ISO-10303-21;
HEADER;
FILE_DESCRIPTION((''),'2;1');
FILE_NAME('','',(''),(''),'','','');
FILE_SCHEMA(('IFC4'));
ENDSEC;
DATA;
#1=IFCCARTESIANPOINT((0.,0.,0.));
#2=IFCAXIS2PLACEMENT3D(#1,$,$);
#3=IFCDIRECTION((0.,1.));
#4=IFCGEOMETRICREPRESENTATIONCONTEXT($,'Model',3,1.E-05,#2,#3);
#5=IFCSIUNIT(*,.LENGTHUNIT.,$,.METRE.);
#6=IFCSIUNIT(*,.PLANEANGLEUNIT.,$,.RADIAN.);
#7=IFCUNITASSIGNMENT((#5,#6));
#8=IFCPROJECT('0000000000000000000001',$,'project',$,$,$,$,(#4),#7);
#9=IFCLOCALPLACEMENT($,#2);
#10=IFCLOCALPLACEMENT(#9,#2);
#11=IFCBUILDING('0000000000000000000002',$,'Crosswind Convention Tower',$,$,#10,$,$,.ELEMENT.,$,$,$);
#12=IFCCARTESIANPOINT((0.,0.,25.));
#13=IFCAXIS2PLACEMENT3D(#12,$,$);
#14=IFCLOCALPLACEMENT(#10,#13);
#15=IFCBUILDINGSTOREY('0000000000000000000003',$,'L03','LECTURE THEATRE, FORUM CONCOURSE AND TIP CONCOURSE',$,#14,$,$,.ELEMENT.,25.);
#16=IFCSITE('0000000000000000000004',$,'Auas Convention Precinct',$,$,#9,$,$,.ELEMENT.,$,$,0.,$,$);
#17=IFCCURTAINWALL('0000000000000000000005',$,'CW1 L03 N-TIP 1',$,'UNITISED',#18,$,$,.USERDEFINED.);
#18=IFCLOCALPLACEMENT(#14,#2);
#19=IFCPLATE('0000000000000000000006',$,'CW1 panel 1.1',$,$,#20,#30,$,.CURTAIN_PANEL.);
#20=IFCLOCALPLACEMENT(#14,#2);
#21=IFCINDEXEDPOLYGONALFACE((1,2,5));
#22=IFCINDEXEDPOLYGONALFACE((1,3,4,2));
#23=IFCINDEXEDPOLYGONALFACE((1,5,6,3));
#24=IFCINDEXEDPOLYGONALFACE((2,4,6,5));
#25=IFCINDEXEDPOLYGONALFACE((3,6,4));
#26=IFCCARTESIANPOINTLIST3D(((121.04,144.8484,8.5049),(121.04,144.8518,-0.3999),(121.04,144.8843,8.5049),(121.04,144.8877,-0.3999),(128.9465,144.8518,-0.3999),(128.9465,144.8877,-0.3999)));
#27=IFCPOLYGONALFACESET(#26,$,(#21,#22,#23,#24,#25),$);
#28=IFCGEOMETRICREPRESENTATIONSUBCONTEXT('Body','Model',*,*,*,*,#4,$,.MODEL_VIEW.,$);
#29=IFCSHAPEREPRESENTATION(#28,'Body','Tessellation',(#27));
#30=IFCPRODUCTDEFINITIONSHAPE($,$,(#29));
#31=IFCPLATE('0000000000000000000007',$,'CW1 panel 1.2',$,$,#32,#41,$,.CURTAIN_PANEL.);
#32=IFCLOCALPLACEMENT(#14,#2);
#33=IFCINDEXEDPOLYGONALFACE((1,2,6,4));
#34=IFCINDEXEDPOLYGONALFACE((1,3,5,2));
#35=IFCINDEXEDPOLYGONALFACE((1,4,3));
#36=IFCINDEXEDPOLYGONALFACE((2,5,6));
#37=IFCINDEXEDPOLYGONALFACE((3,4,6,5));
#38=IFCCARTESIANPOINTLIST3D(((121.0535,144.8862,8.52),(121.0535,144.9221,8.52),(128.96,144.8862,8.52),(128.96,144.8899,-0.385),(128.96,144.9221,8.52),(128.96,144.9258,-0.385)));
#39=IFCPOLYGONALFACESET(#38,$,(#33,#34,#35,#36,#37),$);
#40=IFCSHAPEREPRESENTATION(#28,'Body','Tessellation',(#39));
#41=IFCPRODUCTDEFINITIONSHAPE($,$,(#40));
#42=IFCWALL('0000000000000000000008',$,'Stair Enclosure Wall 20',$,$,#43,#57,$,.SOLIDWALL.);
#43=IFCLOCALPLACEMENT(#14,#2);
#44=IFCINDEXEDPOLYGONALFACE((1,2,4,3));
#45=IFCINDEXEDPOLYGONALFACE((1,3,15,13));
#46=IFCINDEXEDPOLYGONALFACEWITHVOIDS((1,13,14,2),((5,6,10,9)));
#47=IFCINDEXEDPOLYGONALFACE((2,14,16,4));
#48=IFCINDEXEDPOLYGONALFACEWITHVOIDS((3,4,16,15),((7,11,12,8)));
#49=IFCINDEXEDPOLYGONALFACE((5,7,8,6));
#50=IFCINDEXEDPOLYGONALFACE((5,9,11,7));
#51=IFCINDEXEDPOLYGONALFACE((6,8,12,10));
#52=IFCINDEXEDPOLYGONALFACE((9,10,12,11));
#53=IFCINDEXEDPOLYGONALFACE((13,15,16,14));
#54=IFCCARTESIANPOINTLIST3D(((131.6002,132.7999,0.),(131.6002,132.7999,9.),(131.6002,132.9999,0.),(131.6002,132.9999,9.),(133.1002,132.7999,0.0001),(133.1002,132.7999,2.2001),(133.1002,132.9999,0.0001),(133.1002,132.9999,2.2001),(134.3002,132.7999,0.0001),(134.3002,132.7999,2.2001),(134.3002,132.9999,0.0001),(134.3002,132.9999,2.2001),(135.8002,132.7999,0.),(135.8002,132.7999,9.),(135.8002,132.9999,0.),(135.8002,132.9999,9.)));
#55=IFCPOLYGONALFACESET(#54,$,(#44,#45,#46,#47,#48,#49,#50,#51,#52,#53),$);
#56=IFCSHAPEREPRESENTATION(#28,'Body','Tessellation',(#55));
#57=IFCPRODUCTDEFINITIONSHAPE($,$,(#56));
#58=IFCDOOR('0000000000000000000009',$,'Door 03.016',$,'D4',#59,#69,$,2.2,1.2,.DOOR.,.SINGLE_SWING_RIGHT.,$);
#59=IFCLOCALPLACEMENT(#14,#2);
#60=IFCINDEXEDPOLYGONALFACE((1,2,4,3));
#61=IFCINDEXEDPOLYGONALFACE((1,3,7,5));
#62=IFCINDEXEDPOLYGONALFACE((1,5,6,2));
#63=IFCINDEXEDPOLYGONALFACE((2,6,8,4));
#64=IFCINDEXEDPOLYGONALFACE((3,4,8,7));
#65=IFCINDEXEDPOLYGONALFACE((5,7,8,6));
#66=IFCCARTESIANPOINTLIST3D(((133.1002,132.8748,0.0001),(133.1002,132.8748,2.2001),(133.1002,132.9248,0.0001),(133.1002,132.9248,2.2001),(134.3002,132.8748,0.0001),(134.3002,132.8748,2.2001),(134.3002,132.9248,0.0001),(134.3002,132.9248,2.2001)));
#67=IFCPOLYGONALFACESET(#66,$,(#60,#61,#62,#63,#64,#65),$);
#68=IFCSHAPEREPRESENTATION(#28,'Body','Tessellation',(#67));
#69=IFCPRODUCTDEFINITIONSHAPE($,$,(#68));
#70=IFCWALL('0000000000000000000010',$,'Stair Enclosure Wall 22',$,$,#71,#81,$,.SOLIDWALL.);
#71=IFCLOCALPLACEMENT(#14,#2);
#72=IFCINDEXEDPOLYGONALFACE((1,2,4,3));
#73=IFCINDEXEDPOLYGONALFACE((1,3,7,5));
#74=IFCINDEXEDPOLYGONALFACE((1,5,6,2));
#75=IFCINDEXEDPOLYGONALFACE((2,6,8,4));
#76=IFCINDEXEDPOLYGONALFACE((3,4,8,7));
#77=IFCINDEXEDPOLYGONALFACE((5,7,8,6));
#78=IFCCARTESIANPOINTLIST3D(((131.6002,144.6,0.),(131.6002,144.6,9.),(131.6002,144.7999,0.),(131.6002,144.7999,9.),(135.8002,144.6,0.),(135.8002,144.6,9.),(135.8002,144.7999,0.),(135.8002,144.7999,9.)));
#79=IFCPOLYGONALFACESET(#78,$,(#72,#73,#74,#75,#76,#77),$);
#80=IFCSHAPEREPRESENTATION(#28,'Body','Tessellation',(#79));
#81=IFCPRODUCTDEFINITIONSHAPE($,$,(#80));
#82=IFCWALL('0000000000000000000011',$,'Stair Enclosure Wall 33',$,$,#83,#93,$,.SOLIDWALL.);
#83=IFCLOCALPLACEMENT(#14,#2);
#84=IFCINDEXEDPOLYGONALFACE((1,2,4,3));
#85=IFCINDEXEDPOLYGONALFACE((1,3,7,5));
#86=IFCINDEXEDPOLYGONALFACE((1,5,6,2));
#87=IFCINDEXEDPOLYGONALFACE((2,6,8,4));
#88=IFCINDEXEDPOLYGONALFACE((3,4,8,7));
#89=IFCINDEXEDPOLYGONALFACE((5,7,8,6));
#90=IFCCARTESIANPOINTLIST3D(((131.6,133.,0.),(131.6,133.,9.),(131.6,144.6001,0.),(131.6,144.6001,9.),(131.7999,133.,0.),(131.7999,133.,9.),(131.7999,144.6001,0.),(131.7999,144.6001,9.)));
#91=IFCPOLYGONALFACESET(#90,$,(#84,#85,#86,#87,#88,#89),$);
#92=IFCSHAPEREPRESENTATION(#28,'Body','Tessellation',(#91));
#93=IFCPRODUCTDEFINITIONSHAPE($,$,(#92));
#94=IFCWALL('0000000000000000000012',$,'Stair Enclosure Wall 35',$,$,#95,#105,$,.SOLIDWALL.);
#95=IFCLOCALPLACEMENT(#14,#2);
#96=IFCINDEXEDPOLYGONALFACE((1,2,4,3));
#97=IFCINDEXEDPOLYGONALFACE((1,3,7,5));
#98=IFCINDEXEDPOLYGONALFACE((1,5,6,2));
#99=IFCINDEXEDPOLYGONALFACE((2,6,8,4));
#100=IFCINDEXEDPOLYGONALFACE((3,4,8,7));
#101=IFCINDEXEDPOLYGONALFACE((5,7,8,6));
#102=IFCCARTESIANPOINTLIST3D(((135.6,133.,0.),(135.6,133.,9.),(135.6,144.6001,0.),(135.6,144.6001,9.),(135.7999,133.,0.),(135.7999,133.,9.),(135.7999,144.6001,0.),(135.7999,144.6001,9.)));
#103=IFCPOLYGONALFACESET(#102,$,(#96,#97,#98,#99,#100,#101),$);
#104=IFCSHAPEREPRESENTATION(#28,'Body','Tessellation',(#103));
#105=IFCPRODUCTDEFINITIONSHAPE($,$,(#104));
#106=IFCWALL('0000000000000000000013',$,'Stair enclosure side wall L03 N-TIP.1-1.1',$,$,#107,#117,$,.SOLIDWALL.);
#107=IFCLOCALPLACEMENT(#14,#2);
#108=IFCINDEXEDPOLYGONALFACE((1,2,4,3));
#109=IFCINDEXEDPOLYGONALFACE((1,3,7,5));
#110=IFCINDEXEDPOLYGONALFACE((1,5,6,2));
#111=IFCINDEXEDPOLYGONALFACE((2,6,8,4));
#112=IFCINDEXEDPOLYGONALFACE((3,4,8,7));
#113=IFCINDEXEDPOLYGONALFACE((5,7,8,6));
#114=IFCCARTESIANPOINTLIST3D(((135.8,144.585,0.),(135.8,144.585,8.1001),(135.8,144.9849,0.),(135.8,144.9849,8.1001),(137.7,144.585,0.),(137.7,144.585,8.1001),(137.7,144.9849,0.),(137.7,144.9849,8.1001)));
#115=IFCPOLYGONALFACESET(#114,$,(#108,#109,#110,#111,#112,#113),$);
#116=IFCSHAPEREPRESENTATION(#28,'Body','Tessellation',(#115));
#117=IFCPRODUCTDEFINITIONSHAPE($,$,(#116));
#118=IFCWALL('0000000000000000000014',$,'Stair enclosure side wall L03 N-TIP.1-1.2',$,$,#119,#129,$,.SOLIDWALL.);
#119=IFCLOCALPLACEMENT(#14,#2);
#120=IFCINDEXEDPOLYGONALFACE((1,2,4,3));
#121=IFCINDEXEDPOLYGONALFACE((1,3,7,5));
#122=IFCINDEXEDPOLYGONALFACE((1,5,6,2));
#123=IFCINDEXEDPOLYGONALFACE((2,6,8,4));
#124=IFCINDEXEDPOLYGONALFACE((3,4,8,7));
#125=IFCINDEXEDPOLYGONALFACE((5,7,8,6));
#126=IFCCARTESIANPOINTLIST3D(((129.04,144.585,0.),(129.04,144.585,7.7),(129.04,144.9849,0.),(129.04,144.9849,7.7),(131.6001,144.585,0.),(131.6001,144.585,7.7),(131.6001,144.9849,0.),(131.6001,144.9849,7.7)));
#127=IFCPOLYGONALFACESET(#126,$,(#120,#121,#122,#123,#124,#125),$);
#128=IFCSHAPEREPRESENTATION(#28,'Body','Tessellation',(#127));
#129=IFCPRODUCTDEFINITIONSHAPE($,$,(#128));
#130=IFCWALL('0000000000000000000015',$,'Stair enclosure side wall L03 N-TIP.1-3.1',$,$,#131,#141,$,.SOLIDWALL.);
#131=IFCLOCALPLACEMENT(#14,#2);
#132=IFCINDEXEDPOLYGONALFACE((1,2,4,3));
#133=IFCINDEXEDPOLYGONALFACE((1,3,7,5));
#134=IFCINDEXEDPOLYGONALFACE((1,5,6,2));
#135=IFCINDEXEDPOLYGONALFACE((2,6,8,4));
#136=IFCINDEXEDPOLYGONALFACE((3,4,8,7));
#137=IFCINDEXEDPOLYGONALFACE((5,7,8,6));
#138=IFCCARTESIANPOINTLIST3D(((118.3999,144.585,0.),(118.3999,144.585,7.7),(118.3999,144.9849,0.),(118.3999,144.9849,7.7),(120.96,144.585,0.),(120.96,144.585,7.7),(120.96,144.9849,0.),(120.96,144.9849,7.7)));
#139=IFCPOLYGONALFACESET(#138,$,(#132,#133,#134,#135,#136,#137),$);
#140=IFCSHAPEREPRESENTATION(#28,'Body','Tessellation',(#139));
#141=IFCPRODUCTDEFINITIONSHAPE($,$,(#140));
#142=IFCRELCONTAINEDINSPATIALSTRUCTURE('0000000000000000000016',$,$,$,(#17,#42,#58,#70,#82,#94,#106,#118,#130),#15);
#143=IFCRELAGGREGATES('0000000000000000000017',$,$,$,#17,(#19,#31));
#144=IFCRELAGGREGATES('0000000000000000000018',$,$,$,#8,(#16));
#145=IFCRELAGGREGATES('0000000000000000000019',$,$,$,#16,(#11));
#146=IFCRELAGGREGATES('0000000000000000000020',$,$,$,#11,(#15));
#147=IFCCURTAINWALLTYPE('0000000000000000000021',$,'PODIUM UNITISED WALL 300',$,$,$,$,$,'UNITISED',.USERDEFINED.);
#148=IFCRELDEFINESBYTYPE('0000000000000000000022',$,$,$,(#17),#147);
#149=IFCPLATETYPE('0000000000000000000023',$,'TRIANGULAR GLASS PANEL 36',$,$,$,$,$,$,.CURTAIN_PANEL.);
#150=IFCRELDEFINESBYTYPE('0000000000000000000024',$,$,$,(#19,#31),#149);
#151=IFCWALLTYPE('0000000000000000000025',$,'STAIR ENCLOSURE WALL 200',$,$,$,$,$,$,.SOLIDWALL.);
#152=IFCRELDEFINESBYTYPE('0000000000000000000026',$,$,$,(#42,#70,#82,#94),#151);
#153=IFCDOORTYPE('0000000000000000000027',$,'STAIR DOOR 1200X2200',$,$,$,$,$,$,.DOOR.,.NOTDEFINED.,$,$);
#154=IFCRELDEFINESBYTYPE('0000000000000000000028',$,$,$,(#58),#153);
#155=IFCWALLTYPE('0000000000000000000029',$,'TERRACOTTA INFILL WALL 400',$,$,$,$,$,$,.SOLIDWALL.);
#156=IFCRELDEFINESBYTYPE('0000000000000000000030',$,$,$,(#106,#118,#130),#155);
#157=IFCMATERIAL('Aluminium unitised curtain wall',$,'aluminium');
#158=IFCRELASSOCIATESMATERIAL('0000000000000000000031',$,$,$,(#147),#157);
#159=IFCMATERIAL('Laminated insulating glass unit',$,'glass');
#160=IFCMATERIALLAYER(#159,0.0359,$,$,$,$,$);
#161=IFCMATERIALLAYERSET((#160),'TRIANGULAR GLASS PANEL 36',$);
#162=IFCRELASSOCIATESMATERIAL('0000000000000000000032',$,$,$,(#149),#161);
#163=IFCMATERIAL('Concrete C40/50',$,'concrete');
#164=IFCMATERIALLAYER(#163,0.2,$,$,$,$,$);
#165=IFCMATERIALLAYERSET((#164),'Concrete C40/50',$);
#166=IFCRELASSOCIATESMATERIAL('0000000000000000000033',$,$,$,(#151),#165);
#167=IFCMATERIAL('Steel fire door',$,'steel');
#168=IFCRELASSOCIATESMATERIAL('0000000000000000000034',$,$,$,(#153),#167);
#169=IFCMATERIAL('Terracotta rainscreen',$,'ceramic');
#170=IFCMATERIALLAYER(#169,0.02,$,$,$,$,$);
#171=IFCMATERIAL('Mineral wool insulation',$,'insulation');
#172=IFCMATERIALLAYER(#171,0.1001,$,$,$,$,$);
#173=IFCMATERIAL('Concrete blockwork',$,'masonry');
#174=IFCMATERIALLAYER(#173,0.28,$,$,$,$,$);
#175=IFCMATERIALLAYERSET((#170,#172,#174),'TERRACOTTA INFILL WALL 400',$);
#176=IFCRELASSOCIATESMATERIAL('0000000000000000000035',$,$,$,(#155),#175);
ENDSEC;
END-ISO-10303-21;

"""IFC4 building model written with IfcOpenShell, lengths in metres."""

from ifc_helpers import new_model, si_unit, direction, frame, frame_2d, origin, place, context, subcontext, project, spatial, polyline, rectangle, outline, extrude, material, layer, layer_set, type_object, element, fill, aggregate, save


model = new_model("IFC4")

# Units and contexts
model_context = context("Model", 3, precision=1e-05, world=origin(), true_north=direction((0.0, 1.0)))
body_context = subcontext(model_context, "Body", "Model", "MODEL_VIEW")
ifc_project = project(units=[si_unit("LENGTHUNIT", "METRE"), si_unit("PLANEANGLEUNIT", "RADIAN")], contexts=[model_context])

# Site, building, storey
site_placement = place(None, origin())
site = spatial("IfcSite", under=ifc_project, at=site_placement, Name="Auas Convention Precinct", CompositionType="ELEMENT", RefElevation=0.0)
building_placement = place(site_placement, origin())
building = spatial("IfcBuilding", under=site, at=building_placement, Name="Crosswind Convention Tower", CompositionType="ELEMENT")
storey_placement = place(building_placement, frame((0.0, 0.0, 25.0)))
storey = spatial("IfcBuildingStorey", under=building, at=storey_placement, Name="L03", Description="LECTURE THEATRE, FORUM CONCOURSE AND TIP CONCOURSE", CompositionType="ELEMENT", Elevation=25.0)

# Curtain wall
ifc_material_1 = material(Name="Aluminium unitised curtain wall", Category="aluminium")
curtain_wall_type = type_object("IfcCurtainWallType", Name="PODIUM UNITISED WALL 300", ElementType="UNITISED", PredefinedType="USERDEFINED", material=ifc_material_1)
curtain_wall_placement = place(storey_placement, origin())
curtain_wall = element("IfcCurtainWall", 1, at=curtain_wall_placement, inside=storey, type_object=curtain_wall_type, Name="CW1 L03 N-TIP 1", ObjectType="UNITISED", PredefinedType="USERDEFINED")

# Plates
ifc_material_2 = material(Name="Laminated insulating glass unit", Category="glass")
ifc_layer_1 = layer(ifc_material_2, 0.0359)
ifc_layer_set_1 = layer_set([ifc_layer_1], Name="TRIANGULAR GLASS PANEL 36")
plate_type = type_object("IfcPlateType", Name="TRIANGULAR GLASS PANEL 36", PredefinedType="CURTAIN_PANEL", material=ifc_layer_set_1)
plate_1_placement = place(storey_placement, frame((121.04, 144.8877, -0.3999), z_axis=(0.0, 1.0, 0.000384), x_axis=(0.0, -0.000384, 1.0)))
plate_1 = element("IfcPlate", 2, at=plate_1_placement, type_object=plate_type, Name="CW1 panel 1.1", PredefinedType="CURTAIN_PANEL", context=body_context, shape_type="SweptSolid", body=[
    extrude(outline(polyline([(0.0, 0.0), (8.9048, 0.0), (0.0, 7.9065), (0.0, 0.0)])), origin(), (0.0, 0.0, -1.0), 0.0359),
])
plate_2_placement = place(storey_placement, frame((128.96, 144.9221, 8.52), z_axis=(0.0, 1.0, 0.000411), x_axis=(0.0, 0.000411, -1.0)))
plate_2 = element("IfcPlate", 3, at=plate_2_placement, type_object=plate_type, Name="CW1 panel 1.2", PredefinedType="CURTAIN_PANEL", context=body_context, shape_type="SweptSolid", body=[
    extrude(outline(polyline([(0.0, 0.0), (8.905, 0.0), (0.0, 7.9065), (0.0, 0.0)])), origin(), (0.0, 0.0, -1.0), 0.0359),
])

# Wall, opening, door
ifc_material_3 = material(Name="Concrete C40/50", Category="concrete")
ifc_layer_2 = layer(ifc_material_3, 0.2)
ifc_layer_set_2 = layer_set([ifc_layer_2], Name="Concrete C40/50")
wall_type_1 = type_object("IfcWallType", Name="STAIR ENCLOSURE WALL 200", PredefinedType="SOLIDWALL", material=ifc_layer_set_2)
wall_1_placement = place(storey_placement, frame((131.6001, 132.8999, 0.0), z_axis=(0.0, 0.0, 1.0), x_axis=(1.0, 0.0, 0.0)))
wall_1 = element("IfcWall", 4, at=wall_1_placement, inside=storey, type_object=wall_type_1, Name="Stair Enclosure Wall 20", PredefinedType="SOLIDWALL", context=body_context, shape_type="SweptSolid", body=[
    extrude(rectangle(XDim=4.2, YDim=0.2, at=frame_2d((2.1001, 0.0))), origin(), (0.0, 0.0, 1.0), 9.0),
])
opening_placement = place(wall_1_placement, frame((1.5, 0.0, 0.0)))
opening = element("IfcOpeningElement", 5, at=opening_placement, cuts=wall_1, PredefinedType="OPENING", context=body_context, shape_type="SweptSolid", body=[
    extrude(rectangle(XDim=1.2, YDim=2.2, at=frame_2d((0.6001, 1.1001))), frame((0.0, 0.1099, 0.0), z_axis=(0.0, -1.0, 0.0), x_axis=(1.0, 0.0, 0.0)), (0.0, 0.0, 1.0), 0.22),
])
ifc_material_4 = material(Name="Steel fire door", Category="steel")
door_type = type_object("IfcDoorType", Name="STAIR DOOR 1200X2200", OperationType="NOTDEFINED", PredefinedType="DOOR", material=ifc_material_4)
door_placement = place(opening_placement, origin())
door = element("IfcDoor", 6, at=door_placement, inside=storey, type_object=door_type, Name="Door 03.016", ObjectType="D4", OperationType="SINGLE_SWING_RIGHT", OverallHeight=2.2, OverallWidth=1.2, PredefinedType="DOOR", context=body_context, shape_type="SweptSolid", body=[
    extrude(rectangle(XDim=1.2, YDim=2.2, at=frame_2d((0.6001, 1.1001))), frame((0.0, 0.0249, 0.0), z_axis=(0.0, -1.0, 0.0), x_axis=(1.0, 0.0, 0.0)), (0.0, 0.0, 1.0), 0.05),
])
fill(opening, door)

# Walls
wall_2_placement = place(storey_placement, frame((131.6001, 144.7, 0.0), z_axis=(0.0, 0.0, 1.0), x_axis=(1.0, 0.0, 0.0)))
element("IfcWall", 7, at=wall_2_placement, inside=storey, type_object=wall_type_1, Name="Stair Enclosure Wall 22", PredefinedType="SOLIDWALL", context=body_context, shape_type="SweptSolid", body=[
    extrude(rectangle(XDim=4.2, YDim=0.2, at=frame_2d((2.1001, 0.0))), origin(), (0.0, 0.0, 1.0), 9.0),
])
for number, where, z_axis, x_axis, name in (
    (8, (131.7, 133.0, 0.0), (0.0, 0.0, 1.0), (0.0, 1.0, 0.0), "Stair Enclosure Wall 33"),
    (9, (135.7, 133.0, 0.0), (0.0, 0.0, 1.0), (0.0, 1.0, 0.0), "Stair Enclosure Wall 35"),
):
    element("IfcWall", number, at=place(storey_placement, frame(where, z_axis=z_axis, x_axis=x_axis)), inside=storey, type_object=wall_type_1, Name=name, PredefinedType="SOLIDWALL", context=body_context, shape_type="SweptSolid", body=[
        extrude(rectangle(XDim=11.6001, YDim=0.2, at=frame_2d((5.8, 0.0))), origin(), (0.0, 0.0, 1.0), 9.0),
    ])
ifc_material_5 = material(Name="Terracotta rainscreen", Category="ceramic")
ifc_layer_3 = layer(ifc_material_5, 0.02)
ifc_material_6 = material(Name="Mineral wool insulation", Category="insulation")
ifc_layer_4 = layer(ifc_material_6, 0.1001)
ifc_material_7 = material(Name="Concrete blockwork", Category="masonry")
ifc_layer_5 = layer(ifc_material_7, 0.28)
ifc_layer_set_3 = layer_set([ifc_layer_3, ifc_layer_4, ifc_layer_5], Name="TERRACOTTA INFILL WALL 400")
wall_type_2 = type_object("IfcWallType", Name="TERRACOTTA INFILL WALL 400", PredefinedType="SOLIDWALL", material=ifc_layer_set_3)
wall_3_placement = place(storey_placement, frame((137.7, 144.7849, 0.0), z_axis=(0.0, 0.0, 1.0), x_axis=(-1.0, 0.0, 0.0)))
element("IfcWall", 10, at=wall_3_placement, inside=storey, type_object=wall_type_2, Name="Stair enclosure side wall L03 N-TIP.1-1.1", PredefinedType="SOLIDWALL", context=body_context, shape_type="SweptSolid", body=[
    extrude(rectangle(XDim=1.8999, YDim=0.3999, at=frame_2d((0.95, 0.0))), origin(), (0.0, 0.0, 1.0), 8.1001),
])
for number, where, z_axis, x_axis, name in (
    (11, (131.6001, 144.7849, 0.0), (0.0, 0.0, 1.0), (-1.0, 0.0, 0.0), "Stair enclosure side wall L03 N-TIP.1-1.2"),
    (12, (120.96, 144.7849, 0.0), (0.0, 0.0, 1.0), (-1.0, 0.0, 0.0), "Stair enclosure side wall L03 N-TIP.1-3.1"),
):
    element("IfcWall", number, at=place(storey_placement, frame(where, z_axis=z_axis, x_axis=x_axis)), inside=storey, type_object=wall_type_2, Name=name, PredefinedType="SOLIDWALL", context=body_context, shape_type="SweptSolid", body=[
        extrude(rectangle(XDim=2.5601, YDim=0.3999, at=frame_2d((1.28, 0.0))), origin(), (0.0, 0.0, 1.0), 7.7),
    ])

aggregate(curtain_wall, [plate_1, plate_2])

save(model, "model.ifc")
